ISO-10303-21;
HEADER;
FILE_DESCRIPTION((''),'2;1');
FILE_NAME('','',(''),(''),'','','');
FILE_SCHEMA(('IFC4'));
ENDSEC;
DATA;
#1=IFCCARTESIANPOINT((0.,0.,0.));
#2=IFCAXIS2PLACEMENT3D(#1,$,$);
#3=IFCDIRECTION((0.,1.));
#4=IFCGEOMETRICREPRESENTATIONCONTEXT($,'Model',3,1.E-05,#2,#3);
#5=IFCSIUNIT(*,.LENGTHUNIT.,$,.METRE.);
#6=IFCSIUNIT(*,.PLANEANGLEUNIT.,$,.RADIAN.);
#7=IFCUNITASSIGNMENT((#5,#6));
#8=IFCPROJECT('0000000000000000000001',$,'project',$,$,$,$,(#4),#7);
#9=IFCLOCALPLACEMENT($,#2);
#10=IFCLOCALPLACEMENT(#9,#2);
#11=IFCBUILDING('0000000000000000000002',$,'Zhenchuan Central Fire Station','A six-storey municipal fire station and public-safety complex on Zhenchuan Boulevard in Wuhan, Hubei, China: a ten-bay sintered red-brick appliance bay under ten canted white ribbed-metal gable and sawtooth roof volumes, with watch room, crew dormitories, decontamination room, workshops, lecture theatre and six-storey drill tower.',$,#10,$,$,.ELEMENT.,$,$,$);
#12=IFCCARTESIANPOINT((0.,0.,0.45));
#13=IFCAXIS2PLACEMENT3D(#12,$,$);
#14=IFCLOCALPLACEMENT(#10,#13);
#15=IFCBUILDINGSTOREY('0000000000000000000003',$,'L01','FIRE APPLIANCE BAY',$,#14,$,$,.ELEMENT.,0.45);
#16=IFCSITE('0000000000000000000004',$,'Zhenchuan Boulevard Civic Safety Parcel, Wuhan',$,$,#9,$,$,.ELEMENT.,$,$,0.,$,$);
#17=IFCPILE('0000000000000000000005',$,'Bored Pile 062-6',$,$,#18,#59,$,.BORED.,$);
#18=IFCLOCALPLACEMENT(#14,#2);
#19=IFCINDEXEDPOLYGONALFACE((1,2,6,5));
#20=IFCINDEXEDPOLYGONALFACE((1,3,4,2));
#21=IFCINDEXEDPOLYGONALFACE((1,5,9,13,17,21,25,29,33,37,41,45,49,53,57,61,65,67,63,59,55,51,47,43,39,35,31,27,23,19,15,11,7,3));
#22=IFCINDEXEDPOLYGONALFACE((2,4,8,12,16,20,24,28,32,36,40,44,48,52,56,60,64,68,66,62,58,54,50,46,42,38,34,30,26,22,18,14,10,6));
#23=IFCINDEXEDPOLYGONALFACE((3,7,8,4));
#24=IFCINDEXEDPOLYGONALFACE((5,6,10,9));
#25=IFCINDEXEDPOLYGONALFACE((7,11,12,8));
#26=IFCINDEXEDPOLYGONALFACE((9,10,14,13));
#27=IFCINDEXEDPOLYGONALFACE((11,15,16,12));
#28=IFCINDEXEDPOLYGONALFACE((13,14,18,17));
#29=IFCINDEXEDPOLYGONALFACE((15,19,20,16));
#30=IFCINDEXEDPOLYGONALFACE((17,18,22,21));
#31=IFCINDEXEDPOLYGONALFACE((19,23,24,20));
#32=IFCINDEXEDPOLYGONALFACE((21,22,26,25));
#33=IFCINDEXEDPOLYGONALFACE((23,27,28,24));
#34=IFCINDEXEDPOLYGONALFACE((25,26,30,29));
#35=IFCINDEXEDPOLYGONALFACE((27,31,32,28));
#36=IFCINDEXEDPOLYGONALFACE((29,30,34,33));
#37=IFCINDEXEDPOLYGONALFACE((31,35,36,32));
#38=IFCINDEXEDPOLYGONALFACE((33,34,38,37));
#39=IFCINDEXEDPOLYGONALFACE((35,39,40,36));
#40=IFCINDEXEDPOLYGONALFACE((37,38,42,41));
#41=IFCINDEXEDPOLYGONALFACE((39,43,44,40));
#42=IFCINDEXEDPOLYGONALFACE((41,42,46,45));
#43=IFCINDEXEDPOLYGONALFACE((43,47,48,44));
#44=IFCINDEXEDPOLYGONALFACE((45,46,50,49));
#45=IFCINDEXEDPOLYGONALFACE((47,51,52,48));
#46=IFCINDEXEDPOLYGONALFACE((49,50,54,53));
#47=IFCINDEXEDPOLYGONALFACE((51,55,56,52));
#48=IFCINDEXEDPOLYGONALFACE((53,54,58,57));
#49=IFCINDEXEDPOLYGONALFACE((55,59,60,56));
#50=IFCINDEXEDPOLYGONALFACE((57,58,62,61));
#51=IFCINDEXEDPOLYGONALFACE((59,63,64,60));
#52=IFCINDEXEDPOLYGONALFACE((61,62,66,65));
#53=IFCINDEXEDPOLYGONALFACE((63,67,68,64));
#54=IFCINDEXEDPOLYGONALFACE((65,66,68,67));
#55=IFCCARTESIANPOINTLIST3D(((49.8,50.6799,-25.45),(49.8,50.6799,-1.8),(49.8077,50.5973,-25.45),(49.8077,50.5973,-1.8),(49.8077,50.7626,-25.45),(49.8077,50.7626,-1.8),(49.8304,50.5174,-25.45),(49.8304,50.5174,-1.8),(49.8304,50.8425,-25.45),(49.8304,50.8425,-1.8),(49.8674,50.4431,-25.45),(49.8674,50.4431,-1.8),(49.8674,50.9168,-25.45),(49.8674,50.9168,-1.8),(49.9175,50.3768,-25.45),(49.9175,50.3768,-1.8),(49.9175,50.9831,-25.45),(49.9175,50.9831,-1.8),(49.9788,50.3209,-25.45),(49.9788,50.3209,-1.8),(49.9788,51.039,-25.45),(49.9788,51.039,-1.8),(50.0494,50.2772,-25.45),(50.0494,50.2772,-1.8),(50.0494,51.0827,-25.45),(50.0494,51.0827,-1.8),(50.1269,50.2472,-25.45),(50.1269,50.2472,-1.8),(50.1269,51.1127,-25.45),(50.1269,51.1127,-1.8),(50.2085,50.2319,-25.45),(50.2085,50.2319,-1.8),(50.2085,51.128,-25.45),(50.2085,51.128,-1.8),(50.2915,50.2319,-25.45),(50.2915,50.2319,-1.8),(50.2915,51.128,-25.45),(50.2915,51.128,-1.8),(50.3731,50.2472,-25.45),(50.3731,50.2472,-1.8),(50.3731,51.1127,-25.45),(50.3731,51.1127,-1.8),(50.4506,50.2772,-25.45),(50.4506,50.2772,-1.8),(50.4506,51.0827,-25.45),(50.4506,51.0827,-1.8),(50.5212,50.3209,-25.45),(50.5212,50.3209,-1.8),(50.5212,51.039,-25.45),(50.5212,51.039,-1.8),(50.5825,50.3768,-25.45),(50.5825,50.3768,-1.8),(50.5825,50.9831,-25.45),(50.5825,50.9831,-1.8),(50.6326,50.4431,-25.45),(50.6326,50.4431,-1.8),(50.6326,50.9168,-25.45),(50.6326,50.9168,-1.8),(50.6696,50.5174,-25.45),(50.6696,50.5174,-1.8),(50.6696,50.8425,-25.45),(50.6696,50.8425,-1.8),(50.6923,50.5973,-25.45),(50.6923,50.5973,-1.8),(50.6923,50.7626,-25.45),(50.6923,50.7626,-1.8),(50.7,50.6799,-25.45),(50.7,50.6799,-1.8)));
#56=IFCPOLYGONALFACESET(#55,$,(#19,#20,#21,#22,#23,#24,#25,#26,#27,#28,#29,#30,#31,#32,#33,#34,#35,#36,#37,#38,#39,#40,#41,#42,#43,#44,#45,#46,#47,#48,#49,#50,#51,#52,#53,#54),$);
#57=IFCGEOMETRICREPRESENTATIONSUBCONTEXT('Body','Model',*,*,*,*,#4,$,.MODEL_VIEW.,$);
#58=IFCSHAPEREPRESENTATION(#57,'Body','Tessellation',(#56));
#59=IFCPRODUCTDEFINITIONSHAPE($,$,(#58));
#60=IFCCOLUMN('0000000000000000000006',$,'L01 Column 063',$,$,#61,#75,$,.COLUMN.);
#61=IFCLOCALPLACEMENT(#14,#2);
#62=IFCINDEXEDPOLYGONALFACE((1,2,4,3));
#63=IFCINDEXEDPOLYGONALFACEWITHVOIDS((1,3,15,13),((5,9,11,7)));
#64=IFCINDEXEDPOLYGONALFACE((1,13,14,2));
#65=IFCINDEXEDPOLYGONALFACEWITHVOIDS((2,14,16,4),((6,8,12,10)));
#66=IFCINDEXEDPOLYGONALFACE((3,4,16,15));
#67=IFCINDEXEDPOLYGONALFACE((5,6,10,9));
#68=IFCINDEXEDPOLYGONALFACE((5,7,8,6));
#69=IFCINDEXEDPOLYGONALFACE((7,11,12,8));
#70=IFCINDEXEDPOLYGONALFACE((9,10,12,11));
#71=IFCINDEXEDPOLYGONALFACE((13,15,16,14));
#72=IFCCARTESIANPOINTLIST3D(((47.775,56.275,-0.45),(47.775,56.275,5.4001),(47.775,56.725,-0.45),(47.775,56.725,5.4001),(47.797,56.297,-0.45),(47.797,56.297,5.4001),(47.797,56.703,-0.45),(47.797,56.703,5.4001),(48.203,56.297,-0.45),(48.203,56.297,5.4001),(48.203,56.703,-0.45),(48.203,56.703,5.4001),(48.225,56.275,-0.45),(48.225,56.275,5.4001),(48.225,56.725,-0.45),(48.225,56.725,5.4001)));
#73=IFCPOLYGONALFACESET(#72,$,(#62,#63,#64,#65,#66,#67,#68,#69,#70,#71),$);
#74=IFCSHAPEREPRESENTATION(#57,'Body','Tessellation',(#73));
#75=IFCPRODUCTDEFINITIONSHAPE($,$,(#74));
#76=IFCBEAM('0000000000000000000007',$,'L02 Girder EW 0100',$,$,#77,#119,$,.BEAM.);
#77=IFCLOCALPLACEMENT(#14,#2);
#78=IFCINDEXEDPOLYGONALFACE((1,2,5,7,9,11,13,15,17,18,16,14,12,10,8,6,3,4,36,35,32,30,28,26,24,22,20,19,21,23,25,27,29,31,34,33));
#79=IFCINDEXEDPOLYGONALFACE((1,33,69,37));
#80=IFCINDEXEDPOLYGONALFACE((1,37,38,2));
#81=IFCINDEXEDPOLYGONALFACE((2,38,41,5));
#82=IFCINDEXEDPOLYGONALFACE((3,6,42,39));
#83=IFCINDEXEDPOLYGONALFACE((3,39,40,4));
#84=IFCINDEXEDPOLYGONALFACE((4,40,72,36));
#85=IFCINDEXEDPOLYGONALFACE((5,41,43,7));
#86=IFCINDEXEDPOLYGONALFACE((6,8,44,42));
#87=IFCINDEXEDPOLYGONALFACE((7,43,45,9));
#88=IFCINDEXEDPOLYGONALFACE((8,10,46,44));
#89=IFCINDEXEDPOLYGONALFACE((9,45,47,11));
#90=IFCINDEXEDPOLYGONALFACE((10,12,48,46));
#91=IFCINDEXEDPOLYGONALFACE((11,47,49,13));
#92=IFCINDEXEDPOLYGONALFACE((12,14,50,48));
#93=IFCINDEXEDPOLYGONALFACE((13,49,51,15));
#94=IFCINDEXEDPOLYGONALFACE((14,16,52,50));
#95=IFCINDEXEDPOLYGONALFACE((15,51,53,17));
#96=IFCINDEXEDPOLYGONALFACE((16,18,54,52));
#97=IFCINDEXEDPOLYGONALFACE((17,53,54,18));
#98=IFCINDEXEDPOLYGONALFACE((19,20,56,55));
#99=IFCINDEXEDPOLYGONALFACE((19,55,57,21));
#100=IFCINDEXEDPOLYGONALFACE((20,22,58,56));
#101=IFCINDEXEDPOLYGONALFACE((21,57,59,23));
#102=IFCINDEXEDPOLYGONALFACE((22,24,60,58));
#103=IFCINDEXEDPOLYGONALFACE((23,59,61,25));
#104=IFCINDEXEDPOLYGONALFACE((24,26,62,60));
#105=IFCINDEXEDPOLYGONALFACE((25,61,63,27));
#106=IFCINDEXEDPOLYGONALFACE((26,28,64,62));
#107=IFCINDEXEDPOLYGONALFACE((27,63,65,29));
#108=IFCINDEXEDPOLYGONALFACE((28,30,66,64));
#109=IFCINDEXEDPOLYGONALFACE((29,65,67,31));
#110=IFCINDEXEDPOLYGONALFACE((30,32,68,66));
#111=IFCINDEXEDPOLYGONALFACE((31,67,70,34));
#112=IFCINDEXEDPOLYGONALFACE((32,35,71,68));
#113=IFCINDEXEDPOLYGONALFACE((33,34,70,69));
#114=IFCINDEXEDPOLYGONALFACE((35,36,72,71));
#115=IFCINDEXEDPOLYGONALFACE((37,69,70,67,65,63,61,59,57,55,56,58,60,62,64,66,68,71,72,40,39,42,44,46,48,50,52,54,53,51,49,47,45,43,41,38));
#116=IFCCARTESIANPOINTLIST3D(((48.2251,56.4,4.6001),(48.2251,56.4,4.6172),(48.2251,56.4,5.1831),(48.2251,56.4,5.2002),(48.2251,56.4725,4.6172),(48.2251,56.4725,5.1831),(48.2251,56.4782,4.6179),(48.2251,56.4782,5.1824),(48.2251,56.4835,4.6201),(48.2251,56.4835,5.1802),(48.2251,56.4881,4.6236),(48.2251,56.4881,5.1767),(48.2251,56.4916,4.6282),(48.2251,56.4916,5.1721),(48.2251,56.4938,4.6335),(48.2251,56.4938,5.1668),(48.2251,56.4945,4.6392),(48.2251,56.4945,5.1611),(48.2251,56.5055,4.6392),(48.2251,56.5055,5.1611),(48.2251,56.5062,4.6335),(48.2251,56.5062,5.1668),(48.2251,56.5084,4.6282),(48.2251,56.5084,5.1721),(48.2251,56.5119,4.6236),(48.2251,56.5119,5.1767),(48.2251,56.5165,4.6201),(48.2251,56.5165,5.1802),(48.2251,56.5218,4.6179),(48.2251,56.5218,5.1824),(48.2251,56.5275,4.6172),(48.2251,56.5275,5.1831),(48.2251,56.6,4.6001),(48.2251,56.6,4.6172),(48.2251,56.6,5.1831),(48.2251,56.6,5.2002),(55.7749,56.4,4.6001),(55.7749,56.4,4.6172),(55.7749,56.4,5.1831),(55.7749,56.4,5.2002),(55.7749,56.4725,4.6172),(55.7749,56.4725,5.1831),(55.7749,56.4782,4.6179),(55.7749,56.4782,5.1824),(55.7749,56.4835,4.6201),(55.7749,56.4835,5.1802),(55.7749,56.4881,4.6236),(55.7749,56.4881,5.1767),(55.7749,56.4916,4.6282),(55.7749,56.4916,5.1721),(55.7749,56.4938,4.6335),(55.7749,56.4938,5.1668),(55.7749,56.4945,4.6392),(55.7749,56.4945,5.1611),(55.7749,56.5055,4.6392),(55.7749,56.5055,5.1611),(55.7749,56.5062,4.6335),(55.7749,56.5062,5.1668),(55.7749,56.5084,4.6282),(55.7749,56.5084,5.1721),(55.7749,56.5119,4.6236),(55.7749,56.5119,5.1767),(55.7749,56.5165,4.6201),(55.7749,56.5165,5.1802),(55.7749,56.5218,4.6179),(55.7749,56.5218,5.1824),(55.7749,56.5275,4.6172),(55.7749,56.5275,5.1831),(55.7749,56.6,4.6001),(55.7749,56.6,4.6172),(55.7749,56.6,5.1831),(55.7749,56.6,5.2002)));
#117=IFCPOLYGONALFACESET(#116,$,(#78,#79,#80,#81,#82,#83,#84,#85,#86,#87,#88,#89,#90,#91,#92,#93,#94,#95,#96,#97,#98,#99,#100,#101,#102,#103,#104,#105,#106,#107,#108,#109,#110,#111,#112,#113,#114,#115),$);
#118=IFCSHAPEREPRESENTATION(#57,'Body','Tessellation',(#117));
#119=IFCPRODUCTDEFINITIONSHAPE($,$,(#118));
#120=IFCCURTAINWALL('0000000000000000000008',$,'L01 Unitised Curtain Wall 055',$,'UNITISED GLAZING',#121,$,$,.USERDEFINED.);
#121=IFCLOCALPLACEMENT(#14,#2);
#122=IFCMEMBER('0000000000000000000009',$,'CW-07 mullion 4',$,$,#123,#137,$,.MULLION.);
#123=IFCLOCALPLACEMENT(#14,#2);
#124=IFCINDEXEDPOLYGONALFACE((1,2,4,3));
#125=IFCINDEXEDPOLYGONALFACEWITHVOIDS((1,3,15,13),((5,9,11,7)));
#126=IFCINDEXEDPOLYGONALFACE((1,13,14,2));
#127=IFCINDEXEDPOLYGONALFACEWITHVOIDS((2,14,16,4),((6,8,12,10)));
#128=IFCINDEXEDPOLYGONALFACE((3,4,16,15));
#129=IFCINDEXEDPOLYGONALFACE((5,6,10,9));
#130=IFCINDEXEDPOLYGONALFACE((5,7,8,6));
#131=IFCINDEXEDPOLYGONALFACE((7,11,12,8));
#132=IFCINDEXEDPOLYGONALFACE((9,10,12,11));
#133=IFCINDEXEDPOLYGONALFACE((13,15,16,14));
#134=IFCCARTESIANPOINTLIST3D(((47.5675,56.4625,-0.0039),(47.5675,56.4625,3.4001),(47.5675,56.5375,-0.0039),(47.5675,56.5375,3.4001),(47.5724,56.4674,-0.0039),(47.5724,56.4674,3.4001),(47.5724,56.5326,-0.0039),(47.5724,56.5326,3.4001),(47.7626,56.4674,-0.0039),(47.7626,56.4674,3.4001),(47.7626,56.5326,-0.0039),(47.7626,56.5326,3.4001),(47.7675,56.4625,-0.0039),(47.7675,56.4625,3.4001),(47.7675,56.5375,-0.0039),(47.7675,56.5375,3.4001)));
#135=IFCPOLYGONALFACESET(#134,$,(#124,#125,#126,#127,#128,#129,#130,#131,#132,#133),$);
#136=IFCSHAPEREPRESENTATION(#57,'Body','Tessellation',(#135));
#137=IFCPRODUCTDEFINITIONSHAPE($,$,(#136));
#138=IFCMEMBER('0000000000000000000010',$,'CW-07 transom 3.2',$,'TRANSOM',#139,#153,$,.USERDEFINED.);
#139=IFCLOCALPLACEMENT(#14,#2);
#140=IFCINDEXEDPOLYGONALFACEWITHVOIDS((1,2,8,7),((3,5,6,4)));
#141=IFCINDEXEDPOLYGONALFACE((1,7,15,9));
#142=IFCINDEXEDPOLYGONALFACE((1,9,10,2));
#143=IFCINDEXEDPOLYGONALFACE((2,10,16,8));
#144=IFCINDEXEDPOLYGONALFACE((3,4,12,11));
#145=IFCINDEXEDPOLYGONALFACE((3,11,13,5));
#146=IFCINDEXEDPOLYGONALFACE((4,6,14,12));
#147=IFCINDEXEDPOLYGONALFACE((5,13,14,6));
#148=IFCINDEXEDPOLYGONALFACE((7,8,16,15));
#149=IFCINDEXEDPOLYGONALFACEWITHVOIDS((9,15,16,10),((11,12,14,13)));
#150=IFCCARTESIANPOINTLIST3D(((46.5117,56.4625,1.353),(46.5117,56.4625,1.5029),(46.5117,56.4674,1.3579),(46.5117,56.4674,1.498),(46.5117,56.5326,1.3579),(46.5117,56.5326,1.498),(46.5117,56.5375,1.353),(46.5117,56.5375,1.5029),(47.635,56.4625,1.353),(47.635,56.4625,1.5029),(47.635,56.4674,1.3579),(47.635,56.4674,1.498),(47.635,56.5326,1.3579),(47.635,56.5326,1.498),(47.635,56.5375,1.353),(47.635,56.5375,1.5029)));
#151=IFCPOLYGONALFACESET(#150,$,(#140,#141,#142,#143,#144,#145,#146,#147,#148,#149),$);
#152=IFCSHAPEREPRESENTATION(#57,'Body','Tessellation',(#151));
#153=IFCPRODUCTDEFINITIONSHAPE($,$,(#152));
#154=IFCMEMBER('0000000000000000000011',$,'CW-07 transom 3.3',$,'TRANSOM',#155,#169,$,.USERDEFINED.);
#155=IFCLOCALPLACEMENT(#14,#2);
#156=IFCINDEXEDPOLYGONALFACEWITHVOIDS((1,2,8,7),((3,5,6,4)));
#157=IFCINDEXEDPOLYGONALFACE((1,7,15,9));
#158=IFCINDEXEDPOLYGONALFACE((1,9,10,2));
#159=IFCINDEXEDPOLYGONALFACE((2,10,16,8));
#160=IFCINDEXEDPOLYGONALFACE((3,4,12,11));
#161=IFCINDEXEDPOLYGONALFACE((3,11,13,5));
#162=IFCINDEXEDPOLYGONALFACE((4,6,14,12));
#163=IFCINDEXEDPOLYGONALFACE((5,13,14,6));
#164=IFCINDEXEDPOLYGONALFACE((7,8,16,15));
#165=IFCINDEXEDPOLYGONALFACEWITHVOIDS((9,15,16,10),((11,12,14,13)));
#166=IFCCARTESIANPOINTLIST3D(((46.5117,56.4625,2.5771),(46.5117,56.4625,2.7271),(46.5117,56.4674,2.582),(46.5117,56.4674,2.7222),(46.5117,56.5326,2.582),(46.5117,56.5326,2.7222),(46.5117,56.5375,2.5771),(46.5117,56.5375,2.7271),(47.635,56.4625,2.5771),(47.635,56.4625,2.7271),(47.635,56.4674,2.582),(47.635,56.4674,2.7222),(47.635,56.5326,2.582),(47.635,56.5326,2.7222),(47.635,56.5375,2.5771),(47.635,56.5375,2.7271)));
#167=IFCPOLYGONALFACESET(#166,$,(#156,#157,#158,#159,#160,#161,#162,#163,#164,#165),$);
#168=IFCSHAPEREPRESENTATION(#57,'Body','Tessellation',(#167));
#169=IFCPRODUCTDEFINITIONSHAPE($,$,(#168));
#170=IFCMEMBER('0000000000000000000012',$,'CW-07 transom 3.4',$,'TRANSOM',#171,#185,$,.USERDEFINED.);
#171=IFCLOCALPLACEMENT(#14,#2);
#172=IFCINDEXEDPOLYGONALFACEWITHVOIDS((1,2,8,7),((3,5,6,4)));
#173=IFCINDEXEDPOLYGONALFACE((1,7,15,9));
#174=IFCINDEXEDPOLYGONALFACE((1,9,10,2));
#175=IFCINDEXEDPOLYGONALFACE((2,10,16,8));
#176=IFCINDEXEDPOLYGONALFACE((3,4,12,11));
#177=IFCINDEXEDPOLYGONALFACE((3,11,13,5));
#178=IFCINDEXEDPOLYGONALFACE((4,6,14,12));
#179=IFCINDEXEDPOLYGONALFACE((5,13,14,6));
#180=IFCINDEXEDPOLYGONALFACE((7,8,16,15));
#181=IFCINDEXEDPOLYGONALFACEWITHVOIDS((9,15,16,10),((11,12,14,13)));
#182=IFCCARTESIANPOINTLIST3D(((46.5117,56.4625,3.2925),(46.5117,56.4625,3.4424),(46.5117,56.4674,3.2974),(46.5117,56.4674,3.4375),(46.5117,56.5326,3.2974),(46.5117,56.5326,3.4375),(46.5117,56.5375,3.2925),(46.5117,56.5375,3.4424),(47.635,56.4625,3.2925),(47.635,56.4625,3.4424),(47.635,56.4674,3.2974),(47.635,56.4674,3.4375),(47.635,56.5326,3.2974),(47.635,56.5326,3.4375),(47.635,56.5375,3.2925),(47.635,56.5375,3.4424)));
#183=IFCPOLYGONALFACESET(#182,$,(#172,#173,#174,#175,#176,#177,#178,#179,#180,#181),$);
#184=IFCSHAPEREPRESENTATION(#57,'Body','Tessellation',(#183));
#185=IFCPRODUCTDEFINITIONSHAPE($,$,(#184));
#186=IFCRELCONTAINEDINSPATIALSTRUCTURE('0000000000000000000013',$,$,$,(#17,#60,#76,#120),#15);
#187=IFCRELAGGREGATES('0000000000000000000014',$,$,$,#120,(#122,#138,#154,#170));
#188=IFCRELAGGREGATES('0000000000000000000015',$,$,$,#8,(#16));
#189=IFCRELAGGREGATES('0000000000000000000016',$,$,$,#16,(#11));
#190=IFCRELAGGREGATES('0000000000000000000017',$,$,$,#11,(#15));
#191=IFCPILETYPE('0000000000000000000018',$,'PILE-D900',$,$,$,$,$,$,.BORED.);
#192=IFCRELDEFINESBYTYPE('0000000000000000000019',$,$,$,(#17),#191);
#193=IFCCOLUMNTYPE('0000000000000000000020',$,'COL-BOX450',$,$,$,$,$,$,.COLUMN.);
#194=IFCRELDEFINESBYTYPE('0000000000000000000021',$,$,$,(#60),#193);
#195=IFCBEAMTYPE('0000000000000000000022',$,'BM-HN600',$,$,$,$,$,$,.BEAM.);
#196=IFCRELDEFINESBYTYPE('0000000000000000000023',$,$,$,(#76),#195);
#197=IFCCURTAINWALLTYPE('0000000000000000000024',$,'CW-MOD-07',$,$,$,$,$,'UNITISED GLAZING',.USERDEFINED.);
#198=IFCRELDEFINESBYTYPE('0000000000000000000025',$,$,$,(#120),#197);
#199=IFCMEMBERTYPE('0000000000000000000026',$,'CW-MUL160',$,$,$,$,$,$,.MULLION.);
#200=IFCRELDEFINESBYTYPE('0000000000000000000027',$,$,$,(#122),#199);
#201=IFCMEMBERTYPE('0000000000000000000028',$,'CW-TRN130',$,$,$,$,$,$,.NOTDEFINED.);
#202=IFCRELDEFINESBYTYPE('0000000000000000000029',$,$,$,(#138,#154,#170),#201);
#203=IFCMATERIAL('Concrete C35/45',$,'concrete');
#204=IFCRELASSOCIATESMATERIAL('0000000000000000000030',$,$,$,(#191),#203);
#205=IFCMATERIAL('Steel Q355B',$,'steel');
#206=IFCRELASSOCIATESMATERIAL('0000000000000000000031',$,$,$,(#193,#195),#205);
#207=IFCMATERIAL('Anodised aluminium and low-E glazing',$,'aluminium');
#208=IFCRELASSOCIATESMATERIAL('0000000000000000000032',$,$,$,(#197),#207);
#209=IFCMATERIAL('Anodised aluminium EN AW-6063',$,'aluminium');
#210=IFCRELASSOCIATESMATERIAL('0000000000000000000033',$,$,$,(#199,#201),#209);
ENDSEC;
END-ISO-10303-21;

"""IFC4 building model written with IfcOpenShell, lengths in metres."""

from ifc_helpers import new_model, si_unit, direction, frame, origin, origin_2d, place, context, subcontext, project, spatial, hollow_rectangle, circle, i_section, extrude, material, material_profile, profile_set, type_object, element, aggregate, save


model = new_model("IFC4")

# Units and contexts
model_context = context("Model", 3, precision=1e-05, world=origin(), true_north=direction((0.0, 1.0)))
body_context = subcontext(model_context, "Body", "Model", "MODEL_VIEW")
ifc_project = project(units=[si_unit("LENGTHUNIT", "METRE"), si_unit("PLANEANGLEUNIT", "RADIAN")], contexts=[model_context])

# Site, building, storey
site_placement = place(None, origin())
site = spatial("IfcSite", under=ifc_project, at=site_placement, Name="Zhenchuan Boulevard Civic Safety Parcel, Wuhan", CompositionType="ELEMENT", RefElevation=0.0)
building_placement = place(site_placement, origin())
building = spatial("IfcBuilding", under=site, at=building_placement, Name="Zhenchuan Central Fire Station", Description="A six-storey municipal fire station and public-safety complex on Zhenchuan Boulevard in Wuhan, Hubei, China: a ten-bay sintered red-brick appliance bay under ten canted white ribbed-metal gable and sawtooth roof volumes, with watch room, crew dormitories, decontamination room, workshops, lecture theatre and six-storey drill tower.", CompositionType="ELEMENT")
storey_placement = place(building_placement, frame((0.0, 0.0, 0.45)))
storey = spatial("IfcBuildingStorey", under=building, at=storey_placement, Name="L01", Description="FIRE APPLIANCE BAY", CompositionType="ELEMENT", Elevation=0.45)

# Pile
ifc_material_1 = material(Name="Concrete C35/45", Category="concrete")
ifc_material_profile_1 = material_profile(ifc_material_1, circle(Radius=0.45, at=origin_2d()), Name="PILE D900")
ifc_profile_set_1 = profile_set([ifc_material_profile_1], Name="Concrete C35/45")
pile_type_1 = type_object("IfcPileType", Name="PILE-D900", PredefinedType="BORED", material=ifc_profile_set_1)
pile_placement = place(storey_placement, frame((50.25, 50.6799, -1.8), z_axis=(0.0, 0.0, -1.0), x_axis=(1.0, 0.0, 0.0)))
element("IfcPile", 1, at=pile_placement, inside=storey, type_object=pile_type_1, Name="Bored Pile 062-6", PredefinedType="BORED", context=body_context, shape_type="SweptSolid", body=[
    extrude(circle(Radius=0.45, at=origin_2d()), origin(), (0.0, 0.0, 1.0), 23.6499),
])

# Column
ifc_material_2 = material(Name="Steel Q355B", Category="steel")
ifc_material_profile_2 = material_profile(ifc_material_2, hollow_rectangle(XDim=0.45, YDim=0.45, WallThickness=0.022, at=origin_2d()), Name="BOX 450x450x22")
ifc_profile_set_2 = profile_set([ifc_material_profile_2], Name="Steel Q355B")
column_type = type_object("IfcColumnType", Name="COL-BOX450", PredefinedType="COLUMN", material=ifc_profile_set_2)
column_placement = place(storey_placement, frame((48.0, 56.5, -0.45), z_axis=(0.0, 0.0, 1.0), x_axis=(1.0, 0.0, 0.0)))
element("IfcColumn", 2, at=column_placement, inside=storey, type_object=column_type, Name="L01 Column 063", PredefinedType="COLUMN", context=body_context, shape_type="SweptSolid", body=[
    extrude(hollow_rectangle(XDim=0.45, YDim=0.45, WallThickness=0.022, at=origin_2d()), origin(), (0.0, 0.0, 1.0), 5.8501),
])

# Beam
ifc_material_profile_3 = material_profile(ifc_material_2, i_section(OverallWidth=0.2, OverallDepth=0.6001, WebThickness=0.011, FlangeThickness=0.0171, FilletRadius=0.022, at=origin_2d()), Name="HN 600x200")
ifc_profile_set_3 = profile_set([ifc_material_profile_3], Name="Steel Q355B")
beam_type = type_object("IfcBeamType", Name="BM-HN600", PredefinedType="BEAM", material=ifc_profile_set_3)
beam_placement = place(storey_placement, frame((48.2251, 56.5, 4.9001), z_axis=(1.0, 0.0, 0.0), x_axis=(0.0, 1.0, 0.0)))
element("IfcBeam", 3, at=beam_placement, inside=storey, type_object=beam_type, Name="L02 Girder EW 0100", PredefinedType="BEAM", context=body_context, shape_type="SweptSolid", body=[
    extrude(i_section(OverallWidth=0.2, OverallDepth=0.6001, WebThickness=0.011, FlangeThickness=0.0171, FilletRadius=0.022, at=origin_2d()), origin(), (0.0, 0.0, 1.0), 7.5498),
])

# Curtain wall, members
ifc_material_3 = material(Name="Anodised aluminium and low-E glazing", Category="aluminium")
curtain_wall_type = type_object("IfcCurtainWallType", Name="CW-MOD-07", ElementType="UNITISED GLAZING", PredefinedType="USERDEFINED", material=ifc_material_3)
curtain_wall_placement = place(storey_placement, origin())
curtain_wall = element("IfcCurtainWall", 4, at=curtain_wall_placement, inside=storey, type_object=curtain_wall_type, Name="L01 Unitised Curtain Wall 055", ObjectType="UNITISED GLAZING", PredefinedType="USERDEFINED")
ifc_material_4 = material(Name="Anodised aluminium EN AW-6063", Category="aluminium")
ifc_material_profile_4 = material_profile(ifc_material_4, hollow_rectangle(XDim=0.075, YDim=0.2, WallThickness=0.0049, at=origin_2d()), Name="ALU-M 200x75")
ifc_profile_set_4 = profile_set([ifc_material_profile_4], Name="Anodised aluminium EN AW-6063")
member_type_1 = type_object("IfcMemberType", Name="CW-MUL160", PredefinedType="MULLION", material=ifc_profile_set_4)
member_1_placement = place(storey_placement, frame((47.6675, 56.5, -0.0039), z_axis=(0.0, 0.0, 1.0), x_axis=(0.0, 1.0, 0.0)))
member_1 = element("IfcMember", 5, at=member_1_placement, type_object=member_type_1, Name="CW-07 mullion 4", PredefinedType="MULLION", context=body_context, shape_type="SweptSolid", body=[
    extrude(hollow_rectangle(XDim=0.075, YDim=0.2, WallThickness=0.0049, at=origin_2d()), origin(), (0.0, 0.0, 1.0), 3.4041),
])
ifc_material_profile_5 = material_profile(ifc_material_4, hollow_rectangle(XDim=0.075, YDim=0.1499, WallThickness=0.0049, at=origin_2d()), Name="ALU-T 150x75")
ifc_profile_set_5 = profile_set([ifc_material_profile_5], Name="Anodised aluminium EN AW-6063")
member_type_2 = type_object("IfcMemberType", Name="CW-TRN130", PredefinedType="NOTDEFINED", material=ifc_profile_set_5)
member_2_placement = place(storey_placement, frame((46.5117, 56.5, 1.428), z_axis=(1.0, 0.0, 0.0), x_axis=(0.0, 1.0, 0.0)))
member_2 = element("IfcMember", 6, at=member_2_placement, type_object=member_type_2, Name="CW-07 transom 3.2", ObjectType="TRANSOM", PredefinedType="USERDEFINED", context=body_context, shape_type="SweptSolid", body=[
    extrude(hollow_rectangle(XDim=0.075, YDim=0.1499, WallThickness=0.0049, at=origin_2d()), origin(), (0.0, 0.0, 1.0), 1.1233),
])
member_3_placement = place(storey_placement, frame((46.5117, 56.5, 2.6521), z_axis=(1.0, 0.0, 0.0), x_axis=(0.0, 1.0, 0.0)))
member_3 = element("IfcMember", 7, at=member_3_placement, type_object=member_type_2, Name="CW-07 transom 3.3", ObjectType="TRANSOM", PredefinedType="USERDEFINED", context=body_context, shape_type="SweptSolid", body=[
    extrude(hollow_rectangle(XDim=0.075, YDim=0.1499, WallThickness=0.0049, at=origin_2d()), origin(), (0.0, 0.0, 1.0), 1.1233),
])
member_4_placement = place(storey_placement, frame((46.5117, 56.5, 3.3674), z_axis=(1.0, 0.0, 0.0), x_axis=(0.0, 1.0, 0.0)))
member_4 = element("IfcMember", 8, at=member_4_placement, type_object=member_type_2, Name="CW-07 transom 3.4", ObjectType="TRANSOM", PredefinedType="USERDEFINED", context=body_context, shape_type="SweptSolid", body=[
    extrude(hollow_rectangle(XDim=0.075, YDim=0.1499, WallThickness=0.0049, at=origin_2d()), origin(), (0.0, 0.0, 1.0), 1.1233),
])
aggregate(curtain_wall, [member_1, member_2, member_3, member_4])

save(model, "model.ifc")
